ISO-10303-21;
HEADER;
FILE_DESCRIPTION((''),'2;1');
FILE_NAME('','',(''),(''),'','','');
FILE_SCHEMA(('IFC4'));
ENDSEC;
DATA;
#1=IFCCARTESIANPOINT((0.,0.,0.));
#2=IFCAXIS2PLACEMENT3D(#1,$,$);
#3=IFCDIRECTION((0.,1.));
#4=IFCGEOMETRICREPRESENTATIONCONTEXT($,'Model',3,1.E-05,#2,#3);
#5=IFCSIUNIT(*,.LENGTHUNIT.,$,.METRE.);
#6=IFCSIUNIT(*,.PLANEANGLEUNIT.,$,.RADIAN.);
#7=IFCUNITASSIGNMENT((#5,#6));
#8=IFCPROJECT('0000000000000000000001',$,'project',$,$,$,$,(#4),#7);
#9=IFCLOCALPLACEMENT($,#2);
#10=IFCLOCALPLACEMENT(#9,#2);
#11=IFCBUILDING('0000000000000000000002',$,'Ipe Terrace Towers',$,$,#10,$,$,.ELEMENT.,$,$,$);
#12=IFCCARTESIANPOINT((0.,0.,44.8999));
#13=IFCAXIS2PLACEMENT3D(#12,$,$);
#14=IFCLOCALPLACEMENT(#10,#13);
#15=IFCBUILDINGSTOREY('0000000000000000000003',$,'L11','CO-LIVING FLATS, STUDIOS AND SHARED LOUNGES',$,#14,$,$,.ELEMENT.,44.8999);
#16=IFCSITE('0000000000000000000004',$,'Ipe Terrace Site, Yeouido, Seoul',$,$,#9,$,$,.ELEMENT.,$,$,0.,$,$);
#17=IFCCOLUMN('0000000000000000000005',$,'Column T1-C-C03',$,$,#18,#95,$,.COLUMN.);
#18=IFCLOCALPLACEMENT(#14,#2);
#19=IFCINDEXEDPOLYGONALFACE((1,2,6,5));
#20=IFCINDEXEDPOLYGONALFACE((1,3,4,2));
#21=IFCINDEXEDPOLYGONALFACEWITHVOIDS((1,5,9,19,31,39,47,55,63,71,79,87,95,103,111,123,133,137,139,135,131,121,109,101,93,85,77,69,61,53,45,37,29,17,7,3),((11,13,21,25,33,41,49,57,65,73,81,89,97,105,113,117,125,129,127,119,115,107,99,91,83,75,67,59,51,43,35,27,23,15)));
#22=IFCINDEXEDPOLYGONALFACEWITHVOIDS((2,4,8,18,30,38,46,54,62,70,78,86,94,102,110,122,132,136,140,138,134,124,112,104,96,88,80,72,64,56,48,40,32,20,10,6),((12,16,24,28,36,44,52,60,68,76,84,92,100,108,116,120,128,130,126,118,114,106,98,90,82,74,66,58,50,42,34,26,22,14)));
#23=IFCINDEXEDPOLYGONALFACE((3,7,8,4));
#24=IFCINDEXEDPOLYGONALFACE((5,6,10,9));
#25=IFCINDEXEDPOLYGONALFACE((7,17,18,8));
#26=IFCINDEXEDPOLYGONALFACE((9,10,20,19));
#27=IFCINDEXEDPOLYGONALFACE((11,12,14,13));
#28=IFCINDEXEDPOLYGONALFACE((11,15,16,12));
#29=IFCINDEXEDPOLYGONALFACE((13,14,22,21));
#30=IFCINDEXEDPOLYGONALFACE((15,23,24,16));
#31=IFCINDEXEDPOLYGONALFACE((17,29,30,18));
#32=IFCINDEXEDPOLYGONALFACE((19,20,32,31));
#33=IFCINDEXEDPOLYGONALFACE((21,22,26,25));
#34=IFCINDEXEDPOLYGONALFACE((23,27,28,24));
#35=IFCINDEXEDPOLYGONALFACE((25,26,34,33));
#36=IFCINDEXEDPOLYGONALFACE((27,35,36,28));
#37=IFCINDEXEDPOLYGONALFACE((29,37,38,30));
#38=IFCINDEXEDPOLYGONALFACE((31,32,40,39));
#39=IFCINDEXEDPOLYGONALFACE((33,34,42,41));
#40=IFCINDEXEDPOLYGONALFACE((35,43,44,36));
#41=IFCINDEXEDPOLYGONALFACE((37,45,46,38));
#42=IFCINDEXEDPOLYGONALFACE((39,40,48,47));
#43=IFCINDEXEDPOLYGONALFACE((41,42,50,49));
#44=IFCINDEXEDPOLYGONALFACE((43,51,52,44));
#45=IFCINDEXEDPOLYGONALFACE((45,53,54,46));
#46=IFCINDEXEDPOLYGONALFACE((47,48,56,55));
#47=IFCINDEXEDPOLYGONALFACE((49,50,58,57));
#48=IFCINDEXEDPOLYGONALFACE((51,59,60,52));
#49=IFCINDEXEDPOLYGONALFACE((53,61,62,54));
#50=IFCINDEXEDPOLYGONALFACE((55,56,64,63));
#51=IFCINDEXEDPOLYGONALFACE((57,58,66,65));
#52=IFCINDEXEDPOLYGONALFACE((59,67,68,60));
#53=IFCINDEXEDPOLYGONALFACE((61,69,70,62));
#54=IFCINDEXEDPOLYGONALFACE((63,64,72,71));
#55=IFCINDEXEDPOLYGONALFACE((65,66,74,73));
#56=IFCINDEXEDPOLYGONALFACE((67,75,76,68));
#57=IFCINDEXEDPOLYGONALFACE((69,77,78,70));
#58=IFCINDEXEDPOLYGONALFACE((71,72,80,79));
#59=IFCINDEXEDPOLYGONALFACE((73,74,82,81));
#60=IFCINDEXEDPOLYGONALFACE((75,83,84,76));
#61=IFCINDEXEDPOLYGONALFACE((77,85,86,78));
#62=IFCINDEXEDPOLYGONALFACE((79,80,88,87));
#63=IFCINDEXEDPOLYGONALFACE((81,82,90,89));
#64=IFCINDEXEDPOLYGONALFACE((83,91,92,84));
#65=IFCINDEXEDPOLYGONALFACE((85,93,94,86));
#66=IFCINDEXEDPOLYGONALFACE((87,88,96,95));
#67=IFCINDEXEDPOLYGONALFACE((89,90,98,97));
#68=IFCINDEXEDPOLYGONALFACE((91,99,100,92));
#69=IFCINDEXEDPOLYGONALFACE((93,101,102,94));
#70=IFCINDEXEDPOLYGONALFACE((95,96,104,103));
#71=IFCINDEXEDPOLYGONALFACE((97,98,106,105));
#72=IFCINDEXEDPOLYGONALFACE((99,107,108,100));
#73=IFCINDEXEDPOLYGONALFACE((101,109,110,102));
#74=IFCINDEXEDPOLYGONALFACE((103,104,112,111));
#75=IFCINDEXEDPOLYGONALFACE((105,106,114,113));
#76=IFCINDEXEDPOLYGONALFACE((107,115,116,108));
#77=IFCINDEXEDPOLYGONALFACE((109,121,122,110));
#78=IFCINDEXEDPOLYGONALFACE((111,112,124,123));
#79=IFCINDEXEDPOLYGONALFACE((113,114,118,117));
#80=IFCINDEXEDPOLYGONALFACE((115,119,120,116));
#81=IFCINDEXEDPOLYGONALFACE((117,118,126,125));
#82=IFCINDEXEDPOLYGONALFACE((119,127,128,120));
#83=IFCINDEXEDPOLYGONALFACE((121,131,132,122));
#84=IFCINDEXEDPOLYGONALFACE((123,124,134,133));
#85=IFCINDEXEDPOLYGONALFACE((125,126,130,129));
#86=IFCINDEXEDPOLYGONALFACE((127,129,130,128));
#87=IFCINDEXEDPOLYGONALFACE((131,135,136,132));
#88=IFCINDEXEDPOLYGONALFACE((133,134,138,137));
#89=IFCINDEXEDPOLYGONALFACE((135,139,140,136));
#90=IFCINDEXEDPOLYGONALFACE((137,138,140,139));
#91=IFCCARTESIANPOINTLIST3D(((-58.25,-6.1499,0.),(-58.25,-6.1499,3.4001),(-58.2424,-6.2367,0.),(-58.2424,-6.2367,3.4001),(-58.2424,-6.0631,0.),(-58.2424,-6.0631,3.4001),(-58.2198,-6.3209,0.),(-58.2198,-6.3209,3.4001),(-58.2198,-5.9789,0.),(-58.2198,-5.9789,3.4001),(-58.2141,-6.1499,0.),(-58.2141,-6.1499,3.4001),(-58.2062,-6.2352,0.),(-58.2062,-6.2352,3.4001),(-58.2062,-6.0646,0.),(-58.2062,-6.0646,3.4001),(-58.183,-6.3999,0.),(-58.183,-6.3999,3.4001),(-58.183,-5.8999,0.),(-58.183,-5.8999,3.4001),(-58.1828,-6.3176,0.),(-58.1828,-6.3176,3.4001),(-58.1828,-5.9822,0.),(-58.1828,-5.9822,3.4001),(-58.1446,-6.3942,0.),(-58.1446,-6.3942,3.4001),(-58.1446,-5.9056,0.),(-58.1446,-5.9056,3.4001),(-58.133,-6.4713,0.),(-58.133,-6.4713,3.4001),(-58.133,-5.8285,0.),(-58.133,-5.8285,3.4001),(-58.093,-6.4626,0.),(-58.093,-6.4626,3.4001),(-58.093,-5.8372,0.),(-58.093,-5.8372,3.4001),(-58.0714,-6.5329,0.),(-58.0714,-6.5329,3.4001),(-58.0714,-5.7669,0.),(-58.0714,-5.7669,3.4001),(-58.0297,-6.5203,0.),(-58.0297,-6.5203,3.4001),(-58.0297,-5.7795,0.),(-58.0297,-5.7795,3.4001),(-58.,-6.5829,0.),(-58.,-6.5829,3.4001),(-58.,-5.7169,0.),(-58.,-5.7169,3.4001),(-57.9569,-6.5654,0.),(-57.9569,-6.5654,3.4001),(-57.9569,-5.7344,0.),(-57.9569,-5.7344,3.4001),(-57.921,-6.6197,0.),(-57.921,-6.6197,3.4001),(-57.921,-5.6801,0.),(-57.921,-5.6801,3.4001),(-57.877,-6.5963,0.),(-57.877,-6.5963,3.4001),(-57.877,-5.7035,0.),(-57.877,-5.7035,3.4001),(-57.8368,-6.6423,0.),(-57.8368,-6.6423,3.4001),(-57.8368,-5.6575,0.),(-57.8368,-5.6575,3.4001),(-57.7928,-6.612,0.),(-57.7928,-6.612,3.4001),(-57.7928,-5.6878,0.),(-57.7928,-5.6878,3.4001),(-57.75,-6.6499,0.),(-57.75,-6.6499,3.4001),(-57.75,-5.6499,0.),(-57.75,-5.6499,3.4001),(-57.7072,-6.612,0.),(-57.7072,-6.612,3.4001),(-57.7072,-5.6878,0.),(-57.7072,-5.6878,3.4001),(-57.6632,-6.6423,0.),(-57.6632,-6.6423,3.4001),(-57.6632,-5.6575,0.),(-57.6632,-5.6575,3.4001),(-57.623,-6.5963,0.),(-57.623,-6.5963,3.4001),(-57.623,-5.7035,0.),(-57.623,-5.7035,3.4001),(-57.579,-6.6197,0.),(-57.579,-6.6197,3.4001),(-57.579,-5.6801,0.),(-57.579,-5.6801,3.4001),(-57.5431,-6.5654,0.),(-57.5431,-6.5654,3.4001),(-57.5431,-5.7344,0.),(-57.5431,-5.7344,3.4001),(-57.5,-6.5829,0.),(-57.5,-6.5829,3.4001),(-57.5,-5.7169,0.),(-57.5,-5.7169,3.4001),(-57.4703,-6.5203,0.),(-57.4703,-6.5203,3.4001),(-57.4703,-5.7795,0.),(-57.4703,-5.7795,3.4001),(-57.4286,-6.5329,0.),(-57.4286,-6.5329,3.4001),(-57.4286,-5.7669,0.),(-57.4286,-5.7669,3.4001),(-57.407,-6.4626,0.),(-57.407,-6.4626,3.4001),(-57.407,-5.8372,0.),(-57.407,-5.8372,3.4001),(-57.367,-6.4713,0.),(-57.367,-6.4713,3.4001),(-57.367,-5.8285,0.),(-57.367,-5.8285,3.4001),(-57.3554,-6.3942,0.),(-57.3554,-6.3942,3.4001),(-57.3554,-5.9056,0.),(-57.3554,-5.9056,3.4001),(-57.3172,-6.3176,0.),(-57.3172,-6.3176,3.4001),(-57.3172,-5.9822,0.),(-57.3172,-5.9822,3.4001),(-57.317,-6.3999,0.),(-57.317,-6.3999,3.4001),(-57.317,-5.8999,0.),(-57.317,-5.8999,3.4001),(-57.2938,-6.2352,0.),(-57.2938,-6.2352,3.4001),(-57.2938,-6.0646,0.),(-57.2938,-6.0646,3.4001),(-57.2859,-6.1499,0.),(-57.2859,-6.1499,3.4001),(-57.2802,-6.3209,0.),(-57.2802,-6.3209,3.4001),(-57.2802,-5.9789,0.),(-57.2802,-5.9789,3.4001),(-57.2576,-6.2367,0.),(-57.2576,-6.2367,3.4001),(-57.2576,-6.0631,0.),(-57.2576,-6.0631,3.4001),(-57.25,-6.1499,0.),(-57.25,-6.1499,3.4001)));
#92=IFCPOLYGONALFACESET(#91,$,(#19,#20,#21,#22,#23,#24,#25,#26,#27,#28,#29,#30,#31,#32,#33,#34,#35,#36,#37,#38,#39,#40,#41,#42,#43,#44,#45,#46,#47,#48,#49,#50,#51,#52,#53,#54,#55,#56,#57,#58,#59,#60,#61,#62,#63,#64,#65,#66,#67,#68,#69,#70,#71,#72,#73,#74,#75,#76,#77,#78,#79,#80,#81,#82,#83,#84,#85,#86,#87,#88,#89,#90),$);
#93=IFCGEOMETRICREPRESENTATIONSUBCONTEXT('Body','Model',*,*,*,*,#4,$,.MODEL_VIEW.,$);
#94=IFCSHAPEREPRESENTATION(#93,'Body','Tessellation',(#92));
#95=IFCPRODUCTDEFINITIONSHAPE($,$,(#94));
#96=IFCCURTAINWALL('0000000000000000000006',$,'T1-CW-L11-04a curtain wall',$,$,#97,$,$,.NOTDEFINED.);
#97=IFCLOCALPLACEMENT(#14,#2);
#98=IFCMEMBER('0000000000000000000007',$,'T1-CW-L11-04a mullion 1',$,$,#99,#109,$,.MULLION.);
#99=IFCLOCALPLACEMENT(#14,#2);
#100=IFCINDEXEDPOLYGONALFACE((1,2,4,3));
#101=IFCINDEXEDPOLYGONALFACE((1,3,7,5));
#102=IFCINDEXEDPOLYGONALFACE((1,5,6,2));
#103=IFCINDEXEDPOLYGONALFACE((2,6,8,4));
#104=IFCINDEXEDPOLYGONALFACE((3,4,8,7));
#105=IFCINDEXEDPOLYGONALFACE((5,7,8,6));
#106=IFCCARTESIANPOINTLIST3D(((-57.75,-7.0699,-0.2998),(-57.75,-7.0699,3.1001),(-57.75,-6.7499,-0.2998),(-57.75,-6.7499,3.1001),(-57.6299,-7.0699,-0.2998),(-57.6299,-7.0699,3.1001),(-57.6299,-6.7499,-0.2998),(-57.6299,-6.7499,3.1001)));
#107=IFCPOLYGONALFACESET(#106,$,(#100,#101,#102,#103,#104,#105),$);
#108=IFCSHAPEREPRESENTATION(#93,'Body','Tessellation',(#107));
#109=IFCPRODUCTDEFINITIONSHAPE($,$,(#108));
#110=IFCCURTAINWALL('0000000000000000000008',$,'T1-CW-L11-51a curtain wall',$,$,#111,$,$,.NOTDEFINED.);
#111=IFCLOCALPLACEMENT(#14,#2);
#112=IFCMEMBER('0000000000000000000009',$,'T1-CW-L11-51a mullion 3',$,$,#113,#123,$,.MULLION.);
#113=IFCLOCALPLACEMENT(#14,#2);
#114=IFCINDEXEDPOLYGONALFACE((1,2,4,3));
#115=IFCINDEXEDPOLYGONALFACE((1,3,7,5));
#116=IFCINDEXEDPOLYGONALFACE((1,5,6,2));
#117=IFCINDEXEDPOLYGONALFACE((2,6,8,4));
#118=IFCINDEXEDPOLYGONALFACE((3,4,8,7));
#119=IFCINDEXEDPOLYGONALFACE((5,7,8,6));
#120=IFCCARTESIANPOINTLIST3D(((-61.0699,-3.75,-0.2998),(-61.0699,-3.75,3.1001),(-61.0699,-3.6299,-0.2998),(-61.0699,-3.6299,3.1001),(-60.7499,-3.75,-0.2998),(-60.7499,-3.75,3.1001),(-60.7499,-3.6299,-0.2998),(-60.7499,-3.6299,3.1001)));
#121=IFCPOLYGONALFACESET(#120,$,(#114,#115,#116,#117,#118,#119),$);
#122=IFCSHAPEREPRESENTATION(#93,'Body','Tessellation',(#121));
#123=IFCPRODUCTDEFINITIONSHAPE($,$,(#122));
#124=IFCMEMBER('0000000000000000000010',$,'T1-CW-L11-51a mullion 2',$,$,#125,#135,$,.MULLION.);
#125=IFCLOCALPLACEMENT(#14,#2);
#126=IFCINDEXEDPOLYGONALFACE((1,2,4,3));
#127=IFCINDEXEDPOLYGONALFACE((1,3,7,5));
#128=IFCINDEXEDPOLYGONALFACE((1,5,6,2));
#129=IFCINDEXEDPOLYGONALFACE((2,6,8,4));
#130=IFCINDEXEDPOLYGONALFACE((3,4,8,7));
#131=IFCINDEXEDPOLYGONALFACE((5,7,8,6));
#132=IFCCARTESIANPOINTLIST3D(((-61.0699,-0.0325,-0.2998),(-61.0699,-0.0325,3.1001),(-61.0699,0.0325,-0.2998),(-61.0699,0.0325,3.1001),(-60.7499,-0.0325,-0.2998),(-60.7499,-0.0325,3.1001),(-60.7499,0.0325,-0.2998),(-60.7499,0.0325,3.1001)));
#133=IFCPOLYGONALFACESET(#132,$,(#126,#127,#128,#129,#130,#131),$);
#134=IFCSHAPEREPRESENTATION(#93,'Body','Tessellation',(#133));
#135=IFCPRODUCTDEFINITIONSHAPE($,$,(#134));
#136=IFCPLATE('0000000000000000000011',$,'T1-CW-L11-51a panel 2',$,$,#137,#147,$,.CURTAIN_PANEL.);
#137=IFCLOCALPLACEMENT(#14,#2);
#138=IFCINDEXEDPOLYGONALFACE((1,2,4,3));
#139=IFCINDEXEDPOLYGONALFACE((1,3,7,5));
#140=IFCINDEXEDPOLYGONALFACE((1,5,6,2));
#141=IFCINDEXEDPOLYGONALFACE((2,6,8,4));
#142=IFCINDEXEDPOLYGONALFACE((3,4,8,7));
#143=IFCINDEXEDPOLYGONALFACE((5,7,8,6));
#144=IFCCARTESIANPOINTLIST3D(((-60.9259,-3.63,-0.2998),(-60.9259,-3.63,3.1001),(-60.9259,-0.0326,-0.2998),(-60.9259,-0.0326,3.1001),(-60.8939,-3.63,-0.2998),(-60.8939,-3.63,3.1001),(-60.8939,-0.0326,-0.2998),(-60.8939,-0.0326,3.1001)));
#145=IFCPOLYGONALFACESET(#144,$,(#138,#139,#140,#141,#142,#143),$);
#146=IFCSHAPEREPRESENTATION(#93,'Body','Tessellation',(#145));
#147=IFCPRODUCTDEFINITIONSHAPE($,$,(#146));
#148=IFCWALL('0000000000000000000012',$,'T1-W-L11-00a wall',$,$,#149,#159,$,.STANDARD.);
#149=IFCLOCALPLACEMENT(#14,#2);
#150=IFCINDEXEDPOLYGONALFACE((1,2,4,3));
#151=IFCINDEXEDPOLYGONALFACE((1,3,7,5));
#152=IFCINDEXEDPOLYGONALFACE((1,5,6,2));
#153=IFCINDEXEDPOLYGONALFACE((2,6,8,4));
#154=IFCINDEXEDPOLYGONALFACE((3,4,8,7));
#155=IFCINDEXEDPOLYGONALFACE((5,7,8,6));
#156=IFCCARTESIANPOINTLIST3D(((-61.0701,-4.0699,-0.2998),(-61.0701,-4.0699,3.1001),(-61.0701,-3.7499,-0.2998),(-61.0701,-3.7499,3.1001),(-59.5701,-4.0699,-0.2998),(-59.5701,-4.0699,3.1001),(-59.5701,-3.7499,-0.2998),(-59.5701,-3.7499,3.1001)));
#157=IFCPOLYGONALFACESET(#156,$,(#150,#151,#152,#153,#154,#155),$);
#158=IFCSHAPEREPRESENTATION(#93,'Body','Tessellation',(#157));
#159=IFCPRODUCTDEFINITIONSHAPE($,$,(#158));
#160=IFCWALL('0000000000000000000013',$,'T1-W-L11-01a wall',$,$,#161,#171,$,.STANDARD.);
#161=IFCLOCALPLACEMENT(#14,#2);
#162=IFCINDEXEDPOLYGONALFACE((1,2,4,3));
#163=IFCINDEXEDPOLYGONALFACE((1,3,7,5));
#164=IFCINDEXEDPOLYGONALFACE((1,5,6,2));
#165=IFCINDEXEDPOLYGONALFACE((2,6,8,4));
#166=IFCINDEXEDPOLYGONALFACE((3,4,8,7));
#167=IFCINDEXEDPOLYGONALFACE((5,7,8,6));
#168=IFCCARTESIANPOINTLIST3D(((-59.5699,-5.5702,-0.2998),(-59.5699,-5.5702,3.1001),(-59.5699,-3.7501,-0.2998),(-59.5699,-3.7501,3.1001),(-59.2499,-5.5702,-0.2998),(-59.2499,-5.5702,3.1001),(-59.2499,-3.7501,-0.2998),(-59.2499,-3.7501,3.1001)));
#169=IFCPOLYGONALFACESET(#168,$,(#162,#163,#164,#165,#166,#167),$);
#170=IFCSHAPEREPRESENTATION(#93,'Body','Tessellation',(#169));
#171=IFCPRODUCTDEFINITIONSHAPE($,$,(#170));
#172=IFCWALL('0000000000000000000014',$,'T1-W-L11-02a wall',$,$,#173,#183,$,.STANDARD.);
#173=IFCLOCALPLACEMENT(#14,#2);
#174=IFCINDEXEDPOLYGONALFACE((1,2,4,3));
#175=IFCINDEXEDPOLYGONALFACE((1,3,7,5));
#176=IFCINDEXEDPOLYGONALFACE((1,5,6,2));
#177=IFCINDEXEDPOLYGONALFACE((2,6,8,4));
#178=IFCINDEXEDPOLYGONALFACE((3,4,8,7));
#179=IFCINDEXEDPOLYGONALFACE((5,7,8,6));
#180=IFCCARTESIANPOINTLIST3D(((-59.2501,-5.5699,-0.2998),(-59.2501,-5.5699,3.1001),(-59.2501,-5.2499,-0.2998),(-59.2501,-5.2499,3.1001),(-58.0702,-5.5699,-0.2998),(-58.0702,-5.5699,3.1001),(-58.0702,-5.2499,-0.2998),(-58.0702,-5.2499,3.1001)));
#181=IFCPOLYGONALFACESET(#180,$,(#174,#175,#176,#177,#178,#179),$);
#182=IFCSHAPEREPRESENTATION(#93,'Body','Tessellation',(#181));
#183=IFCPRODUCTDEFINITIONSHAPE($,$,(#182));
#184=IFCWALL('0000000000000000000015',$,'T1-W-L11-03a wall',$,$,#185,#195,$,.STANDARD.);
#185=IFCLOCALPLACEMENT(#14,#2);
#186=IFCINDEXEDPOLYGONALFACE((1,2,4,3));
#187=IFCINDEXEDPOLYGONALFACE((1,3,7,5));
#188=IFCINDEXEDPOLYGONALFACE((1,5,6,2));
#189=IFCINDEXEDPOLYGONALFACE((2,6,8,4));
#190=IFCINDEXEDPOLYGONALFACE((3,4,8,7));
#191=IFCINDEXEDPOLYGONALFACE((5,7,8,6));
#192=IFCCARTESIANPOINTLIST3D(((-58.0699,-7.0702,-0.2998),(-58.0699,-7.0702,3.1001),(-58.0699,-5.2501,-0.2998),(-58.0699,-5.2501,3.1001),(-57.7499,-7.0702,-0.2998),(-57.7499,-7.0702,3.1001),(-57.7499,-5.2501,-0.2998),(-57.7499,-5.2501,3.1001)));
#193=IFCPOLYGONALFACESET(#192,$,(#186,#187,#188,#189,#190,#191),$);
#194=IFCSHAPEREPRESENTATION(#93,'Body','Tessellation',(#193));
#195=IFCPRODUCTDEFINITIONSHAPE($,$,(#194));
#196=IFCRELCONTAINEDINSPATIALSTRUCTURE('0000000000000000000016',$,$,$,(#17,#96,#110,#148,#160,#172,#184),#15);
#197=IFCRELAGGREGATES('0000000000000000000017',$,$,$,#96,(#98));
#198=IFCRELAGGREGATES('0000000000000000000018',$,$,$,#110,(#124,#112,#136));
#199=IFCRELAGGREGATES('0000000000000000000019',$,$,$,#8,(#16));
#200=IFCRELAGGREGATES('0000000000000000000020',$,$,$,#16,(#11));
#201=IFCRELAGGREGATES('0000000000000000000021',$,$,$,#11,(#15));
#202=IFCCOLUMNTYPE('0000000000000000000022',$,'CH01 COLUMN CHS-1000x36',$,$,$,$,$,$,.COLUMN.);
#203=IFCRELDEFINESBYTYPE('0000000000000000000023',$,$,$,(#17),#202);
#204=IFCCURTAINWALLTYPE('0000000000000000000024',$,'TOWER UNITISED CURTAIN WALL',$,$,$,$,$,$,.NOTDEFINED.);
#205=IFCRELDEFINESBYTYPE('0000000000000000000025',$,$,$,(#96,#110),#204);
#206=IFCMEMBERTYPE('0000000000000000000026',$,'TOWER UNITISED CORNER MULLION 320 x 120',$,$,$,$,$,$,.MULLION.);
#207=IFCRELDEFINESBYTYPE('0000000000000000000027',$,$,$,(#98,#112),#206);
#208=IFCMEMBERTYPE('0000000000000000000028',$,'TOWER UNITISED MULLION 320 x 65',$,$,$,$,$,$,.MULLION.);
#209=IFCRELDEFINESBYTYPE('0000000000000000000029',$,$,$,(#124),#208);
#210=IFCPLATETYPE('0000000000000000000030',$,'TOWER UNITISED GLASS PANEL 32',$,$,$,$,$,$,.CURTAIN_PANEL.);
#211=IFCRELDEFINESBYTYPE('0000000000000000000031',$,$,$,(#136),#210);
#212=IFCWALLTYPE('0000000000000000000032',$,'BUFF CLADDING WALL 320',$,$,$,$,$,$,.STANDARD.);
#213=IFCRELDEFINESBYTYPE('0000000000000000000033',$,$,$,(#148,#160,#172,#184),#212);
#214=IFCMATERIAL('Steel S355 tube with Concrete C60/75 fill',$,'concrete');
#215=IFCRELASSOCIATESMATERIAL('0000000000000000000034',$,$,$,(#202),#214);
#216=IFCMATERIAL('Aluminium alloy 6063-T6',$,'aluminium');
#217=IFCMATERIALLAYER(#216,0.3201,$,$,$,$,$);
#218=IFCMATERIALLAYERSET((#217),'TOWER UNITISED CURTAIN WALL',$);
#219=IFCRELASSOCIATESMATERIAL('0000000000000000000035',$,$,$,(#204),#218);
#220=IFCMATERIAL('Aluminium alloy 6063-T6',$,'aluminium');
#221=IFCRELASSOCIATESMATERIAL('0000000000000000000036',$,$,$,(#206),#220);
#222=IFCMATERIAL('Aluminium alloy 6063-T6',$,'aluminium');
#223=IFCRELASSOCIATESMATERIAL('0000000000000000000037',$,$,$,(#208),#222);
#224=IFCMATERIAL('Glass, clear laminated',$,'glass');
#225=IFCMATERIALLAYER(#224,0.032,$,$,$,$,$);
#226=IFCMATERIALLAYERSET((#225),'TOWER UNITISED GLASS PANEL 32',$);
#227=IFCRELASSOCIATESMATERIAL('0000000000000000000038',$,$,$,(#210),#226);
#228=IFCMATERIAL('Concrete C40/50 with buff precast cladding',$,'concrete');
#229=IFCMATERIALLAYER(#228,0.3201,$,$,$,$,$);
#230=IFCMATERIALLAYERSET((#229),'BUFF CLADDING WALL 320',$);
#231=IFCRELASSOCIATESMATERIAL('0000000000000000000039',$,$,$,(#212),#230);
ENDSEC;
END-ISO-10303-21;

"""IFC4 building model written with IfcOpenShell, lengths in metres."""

from ifc_helpers import new_model, si_unit, direction, frame, frame_2d, origin, origin_2d, place, context, subcontext, project, spatial, rectangle, hollow_circle, extrude, material, layer, layer_set, material_profile, profile_set, type_object, element, aggregate, save


model = new_model("IFC4")

# Units and contexts
model_context = context("Model", 3, precision=1e-05, world=origin(), true_north=direction((0.0, 1.0)))
body_context = subcontext(model_context, "Body", "Model", "MODEL_VIEW")
ifc_project = project(units=[si_unit("LENGTHUNIT", "METRE"), si_unit("PLANEANGLEUNIT", "RADIAN")], contexts=[model_context])

# Site, building, storey
site_placement = place(None, origin())
site = spatial("IfcSite", under=ifc_project, at=site_placement, Name="Ipe Terrace Site, Yeouido, Seoul", CompositionType="ELEMENT", RefElevation=0.0)
building_placement = place(site_placement, origin())
building = spatial("IfcBuilding", under=site, at=building_placement, Name="Ipe Terrace Towers", CompositionType="ELEMENT")
storey_placement = place(building_placement, frame((0.0, 0.0, 44.8999)))
storey = spatial("IfcBuildingStorey", under=building, at=storey_placement, Name="L11", Description="CO-LIVING FLATS, STUDIOS AND SHARED LOUNGES", CompositionType="ELEMENT", Elevation=44.8999)

# Column
ifc_material_1 = material(Name="Steel S355 tube with Concrete C60/75 fill", Category="concrete")
ifc_material_profile_1 = material_profile(ifc_material_1, hollow_circle(Radius=0.5, WallThickness=0.0359, at=origin_2d()), Name="CHS-1000x36")
ifc_profile_set_1 = profile_set([ifc_material_profile_1], Name="Steel S355 tube with Concrete C60/75 fill")
column_type = type_object("IfcColumnType", Name="CH01 COLUMN CHS-1000x36", PredefinedType="COLUMN", material=ifc_profile_set_1)
column_placement = place(storey_placement, frame((-57.75, -6.1499, 0.0), z_axis=(0.0, 0.0, 1.0), x_axis=(1.0, 0.0, 0.0)))
element("IfcColumn", 1, at=column_placement, inside=storey, type_object=column_type, Name="Column T1-C-C03", PredefinedType="COLUMN", context=body_context, shape_type="SweptSolid", body=[
    extrude(hollow_circle(Radius=0.5, WallThickness=0.0359, at=origin_2d()), origin(), (0.0, 0.0, 1.0), 3.4001),
])

# Curtain wall, member
ifc_material_2 = material(Name="Aluminium alloy 6063-T6", Category="aluminium")
ifc_layer_1 = layer(ifc_material_2, 0.3201)
ifc_layer_set_1 = layer_set([ifc_layer_1], Name="TOWER UNITISED CURTAIN WALL")
curtain_wall_type = type_object("IfcCurtainWallType", Name="TOWER UNITISED CURTAIN WALL", PredefinedType="NOTDEFINED", material=ifc_layer_set_1)
curtain_wall_1_placement = place(storey_placement, origin())
curtain_wall_1 = element("IfcCurtainWall", 2, at=curtain_wall_1_placement, inside=storey, type_object=curtain_wall_type, Name="T1-CW-L11-04a curtain wall", PredefinedType="NOTDEFINED")
ifc_material_3 = material(Name="Aluminium alloy 6063-T6", Category="aluminium")
ifc_material_profile_2 = material_profile(ifc_material_3, rectangle(XDim=0.3201, YDim=0.1201, at=origin_2d()), Name="TOWER UNITISED CORNER MULLION 320 x 120")
ifc_profile_set_2 = profile_set([ifc_material_profile_2], Name="Aluminium alloy 6063-T6")
member_type_1 = type_object("IfcMemberType", Name="TOWER UNITISED CORNER MULLION 320 x 120", PredefinedType="MULLION", material=ifc_profile_set_2)
member_1_placement = place(storey_placement, frame((-57.6899, -6.9099, -0.2998), z_axis=(0.0, 0.0, 1.0), x_axis=(0.0, -1.0, 0.0)))
member_1 = element("IfcMember", 3, at=member_1_placement, type_object=member_type_1, Name="T1-CW-L11-04a mullion 1", PredefinedType="MULLION", context=body_context, shape_type="SweptSolid", body=[
    extrude(rectangle(XDim=0.3201, YDim=0.1201, at=origin_2d()), origin(), (0.0, 0.0, 1.0), 3.3999),
])
aggregate(curtain_wall_1, [member_1])

# Curtain wall, members, plate
curtain_wall_2_placement = place(storey_placement, origin())
curtain_wall_2 = element("IfcCurtainWall", 4, at=curtain_wall_2_placement, inside=storey, type_object=curtain_wall_type, Name="T1-CW-L11-51a curtain wall", PredefinedType="NOTDEFINED")
member_2_placement = place(storey_placement, frame((-60.9099, -3.6899, -0.2998), z_axis=(0.0, 0.0, 1.0), x_axis=(-1.0, 0.0, 0.0)))
member_2 = element("IfcMember", 5, at=member_2_placement, type_object=member_type_1, Name="T1-CW-L11-51a mullion 3", PredefinedType="MULLION", context=body_context, shape_type="SweptSolid", body=[
    extrude(rectangle(XDim=0.3201, YDim=0.1201, at=origin_2d()), origin(), (0.0, 0.0, 1.0), 3.3999),
])
ifc_material_4 = material(Name="Aluminium alloy 6063-T6", Category="aluminium")
ifc_material_profile_3 = material_profile(ifc_material_4, rectangle(XDim=0.3201, YDim=0.0649, at=origin_2d()), Name="TOWER UNITISED MULLION 320 x 65")
ifc_profile_set_3 = profile_set([ifc_material_profile_3], Name="Aluminium alloy 6063-T6")
member_type_2 = type_object("IfcMemberType", Name="TOWER UNITISED MULLION 320 x 65", PredefinedType="MULLION", material=ifc_profile_set_3)
member_3_placement = place(storey_placement, frame((-60.9099, 0.0, -0.2998), z_axis=(0.0, 0.0, 1.0), x_axis=(-1.0, 0.0, 0.0)))
member_3 = element("IfcMember", 6, at=member_3_placement, type_object=member_type_2, Name="T1-CW-L11-51a mullion 2", PredefinedType="MULLION", context=body_context, shape_type="SweptSolid", body=[
    extrude(rectangle(XDim=0.3201, YDim=0.0649, at=origin_2d()), origin(), (0.0, 0.0, 1.0), 3.3999),
])
ifc_material_5 = material(Name="Glass, clear laminated", Category="glass")
ifc_layer_2 = layer(ifc_material_5, 0.032)
ifc_layer_set_2 = layer_set([ifc_layer_2], Name="TOWER UNITISED GLASS PANEL 32")
plate_type = type_object("IfcPlateType", Name="TOWER UNITISED GLASS PANEL 32", PredefinedType="CURTAIN_PANEL", material=ifc_layer_set_2)
plate_placement = place(storey_placement, frame((-60.9099, -1.8313, -0.2998), z_axis=(0.0, 0.0, 1.0), x_axis=(0.0, -1.0, 0.0)))
plate = element("IfcPlate", 7, at=plate_placement, type_object=plate_type, Name="T1-CW-L11-51a panel 2", PredefinedType="CURTAIN_PANEL", context=body_context, shape_type="SweptSolid", body=[
    extrude(rectangle(XDim=3.5974, YDim=0.032, at=origin_2d()), origin(), (0.0, 0.0, 1.0), 3.3999),
])
aggregate(curtain_wall_2, [member_3, member_2, plate])

# Walls
ifc_material_6 = material(Name="Concrete C40/50 with buff precast cladding", Category="concrete")
ifc_layer_3 = layer(ifc_material_6, 0.3201)
ifc_layer_set_3 = layer_set([ifc_layer_3], Name="BUFF CLADDING WALL 320")
wall_type_1 = type_object("IfcWallType", Name="BUFF CLADDING WALL 320", PredefinedType="STANDARD", material=ifc_layer_set_3)
wall_1_placement = place(storey_placement, frame((-61.0701, -3.9099, -0.2998), z_axis=(0.0, 0.0, 1.0), x_axis=(1.0, 0.0, 0.0)))
element("IfcWall", 8, at=wall_1_placement, inside=storey, type_object=wall_type_1, Name="T1-W-L11-00a wall", PredefinedType="STANDARD", context=body_context, shape_type="SweptSolid", body=[
    extrude(rectangle(XDim=1.5, YDim=0.3201, at=frame_2d((0.75, 0.0))), origin(), (0.0, 0.0, 1.0), 3.3999),
])
wall_2_placement = place(storey_placement, frame((-59.4099, -3.75, -0.2998), z_axis=(0.0, 0.0, 1.0), x_axis=(0.0, -1.0, 0.0)))
element("IfcWall", 9, at=wall_2_placement, inside=storey, type_object=wall_type_1, Name="T1-W-L11-01a wall", PredefinedType="STANDARD", context=body_context, shape_type="SweptSolid", body=[
    extrude(rectangle(XDim=1.8201, YDim=0.3201, at=frame_2d((0.9102, 0.0))), origin(), (0.0, 0.0, 1.0), 3.3999),
])
wall_3_placement = place(storey_placement, frame((-59.25, -5.4099, -0.2998), z_axis=(0.0, 0.0, 1.0), x_axis=(1.0, 0.0, 0.0)))
element("IfcWall", 10, at=wall_3_placement, inside=storey, type_object=wall_type_1, Name="T1-W-L11-02a wall", PredefinedType="STANDARD", context=body_context, shape_type="SweptSolid", body=[
    extrude(rectangle(XDim=1.1799, YDim=0.3201, at=frame_2d((0.5898, 0.0))), origin(), (0.0, 0.0, 1.0), 3.3999),
])
wall_4_placement = place(storey_placement, frame((-57.9099, -5.25, -0.2998), z_axis=(0.0, 0.0, 1.0), x_axis=(0.0, -1.0, 0.0)))
element("IfcWall", 11, at=wall_4_placement, inside=storey, type_object=wall_type_1, Name="T1-W-L11-03a wall", PredefinedType="STANDARD", context=body_context, shape_type="SweptSolid", body=[
    extrude(rectangle(XDim=1.8201, YDim=0.3201, at=frame_2d((0.9102, 0.0))), origin(), (0.0, 0.0, 1.0), 3.3999),
])

save(model, "model.ifc")
